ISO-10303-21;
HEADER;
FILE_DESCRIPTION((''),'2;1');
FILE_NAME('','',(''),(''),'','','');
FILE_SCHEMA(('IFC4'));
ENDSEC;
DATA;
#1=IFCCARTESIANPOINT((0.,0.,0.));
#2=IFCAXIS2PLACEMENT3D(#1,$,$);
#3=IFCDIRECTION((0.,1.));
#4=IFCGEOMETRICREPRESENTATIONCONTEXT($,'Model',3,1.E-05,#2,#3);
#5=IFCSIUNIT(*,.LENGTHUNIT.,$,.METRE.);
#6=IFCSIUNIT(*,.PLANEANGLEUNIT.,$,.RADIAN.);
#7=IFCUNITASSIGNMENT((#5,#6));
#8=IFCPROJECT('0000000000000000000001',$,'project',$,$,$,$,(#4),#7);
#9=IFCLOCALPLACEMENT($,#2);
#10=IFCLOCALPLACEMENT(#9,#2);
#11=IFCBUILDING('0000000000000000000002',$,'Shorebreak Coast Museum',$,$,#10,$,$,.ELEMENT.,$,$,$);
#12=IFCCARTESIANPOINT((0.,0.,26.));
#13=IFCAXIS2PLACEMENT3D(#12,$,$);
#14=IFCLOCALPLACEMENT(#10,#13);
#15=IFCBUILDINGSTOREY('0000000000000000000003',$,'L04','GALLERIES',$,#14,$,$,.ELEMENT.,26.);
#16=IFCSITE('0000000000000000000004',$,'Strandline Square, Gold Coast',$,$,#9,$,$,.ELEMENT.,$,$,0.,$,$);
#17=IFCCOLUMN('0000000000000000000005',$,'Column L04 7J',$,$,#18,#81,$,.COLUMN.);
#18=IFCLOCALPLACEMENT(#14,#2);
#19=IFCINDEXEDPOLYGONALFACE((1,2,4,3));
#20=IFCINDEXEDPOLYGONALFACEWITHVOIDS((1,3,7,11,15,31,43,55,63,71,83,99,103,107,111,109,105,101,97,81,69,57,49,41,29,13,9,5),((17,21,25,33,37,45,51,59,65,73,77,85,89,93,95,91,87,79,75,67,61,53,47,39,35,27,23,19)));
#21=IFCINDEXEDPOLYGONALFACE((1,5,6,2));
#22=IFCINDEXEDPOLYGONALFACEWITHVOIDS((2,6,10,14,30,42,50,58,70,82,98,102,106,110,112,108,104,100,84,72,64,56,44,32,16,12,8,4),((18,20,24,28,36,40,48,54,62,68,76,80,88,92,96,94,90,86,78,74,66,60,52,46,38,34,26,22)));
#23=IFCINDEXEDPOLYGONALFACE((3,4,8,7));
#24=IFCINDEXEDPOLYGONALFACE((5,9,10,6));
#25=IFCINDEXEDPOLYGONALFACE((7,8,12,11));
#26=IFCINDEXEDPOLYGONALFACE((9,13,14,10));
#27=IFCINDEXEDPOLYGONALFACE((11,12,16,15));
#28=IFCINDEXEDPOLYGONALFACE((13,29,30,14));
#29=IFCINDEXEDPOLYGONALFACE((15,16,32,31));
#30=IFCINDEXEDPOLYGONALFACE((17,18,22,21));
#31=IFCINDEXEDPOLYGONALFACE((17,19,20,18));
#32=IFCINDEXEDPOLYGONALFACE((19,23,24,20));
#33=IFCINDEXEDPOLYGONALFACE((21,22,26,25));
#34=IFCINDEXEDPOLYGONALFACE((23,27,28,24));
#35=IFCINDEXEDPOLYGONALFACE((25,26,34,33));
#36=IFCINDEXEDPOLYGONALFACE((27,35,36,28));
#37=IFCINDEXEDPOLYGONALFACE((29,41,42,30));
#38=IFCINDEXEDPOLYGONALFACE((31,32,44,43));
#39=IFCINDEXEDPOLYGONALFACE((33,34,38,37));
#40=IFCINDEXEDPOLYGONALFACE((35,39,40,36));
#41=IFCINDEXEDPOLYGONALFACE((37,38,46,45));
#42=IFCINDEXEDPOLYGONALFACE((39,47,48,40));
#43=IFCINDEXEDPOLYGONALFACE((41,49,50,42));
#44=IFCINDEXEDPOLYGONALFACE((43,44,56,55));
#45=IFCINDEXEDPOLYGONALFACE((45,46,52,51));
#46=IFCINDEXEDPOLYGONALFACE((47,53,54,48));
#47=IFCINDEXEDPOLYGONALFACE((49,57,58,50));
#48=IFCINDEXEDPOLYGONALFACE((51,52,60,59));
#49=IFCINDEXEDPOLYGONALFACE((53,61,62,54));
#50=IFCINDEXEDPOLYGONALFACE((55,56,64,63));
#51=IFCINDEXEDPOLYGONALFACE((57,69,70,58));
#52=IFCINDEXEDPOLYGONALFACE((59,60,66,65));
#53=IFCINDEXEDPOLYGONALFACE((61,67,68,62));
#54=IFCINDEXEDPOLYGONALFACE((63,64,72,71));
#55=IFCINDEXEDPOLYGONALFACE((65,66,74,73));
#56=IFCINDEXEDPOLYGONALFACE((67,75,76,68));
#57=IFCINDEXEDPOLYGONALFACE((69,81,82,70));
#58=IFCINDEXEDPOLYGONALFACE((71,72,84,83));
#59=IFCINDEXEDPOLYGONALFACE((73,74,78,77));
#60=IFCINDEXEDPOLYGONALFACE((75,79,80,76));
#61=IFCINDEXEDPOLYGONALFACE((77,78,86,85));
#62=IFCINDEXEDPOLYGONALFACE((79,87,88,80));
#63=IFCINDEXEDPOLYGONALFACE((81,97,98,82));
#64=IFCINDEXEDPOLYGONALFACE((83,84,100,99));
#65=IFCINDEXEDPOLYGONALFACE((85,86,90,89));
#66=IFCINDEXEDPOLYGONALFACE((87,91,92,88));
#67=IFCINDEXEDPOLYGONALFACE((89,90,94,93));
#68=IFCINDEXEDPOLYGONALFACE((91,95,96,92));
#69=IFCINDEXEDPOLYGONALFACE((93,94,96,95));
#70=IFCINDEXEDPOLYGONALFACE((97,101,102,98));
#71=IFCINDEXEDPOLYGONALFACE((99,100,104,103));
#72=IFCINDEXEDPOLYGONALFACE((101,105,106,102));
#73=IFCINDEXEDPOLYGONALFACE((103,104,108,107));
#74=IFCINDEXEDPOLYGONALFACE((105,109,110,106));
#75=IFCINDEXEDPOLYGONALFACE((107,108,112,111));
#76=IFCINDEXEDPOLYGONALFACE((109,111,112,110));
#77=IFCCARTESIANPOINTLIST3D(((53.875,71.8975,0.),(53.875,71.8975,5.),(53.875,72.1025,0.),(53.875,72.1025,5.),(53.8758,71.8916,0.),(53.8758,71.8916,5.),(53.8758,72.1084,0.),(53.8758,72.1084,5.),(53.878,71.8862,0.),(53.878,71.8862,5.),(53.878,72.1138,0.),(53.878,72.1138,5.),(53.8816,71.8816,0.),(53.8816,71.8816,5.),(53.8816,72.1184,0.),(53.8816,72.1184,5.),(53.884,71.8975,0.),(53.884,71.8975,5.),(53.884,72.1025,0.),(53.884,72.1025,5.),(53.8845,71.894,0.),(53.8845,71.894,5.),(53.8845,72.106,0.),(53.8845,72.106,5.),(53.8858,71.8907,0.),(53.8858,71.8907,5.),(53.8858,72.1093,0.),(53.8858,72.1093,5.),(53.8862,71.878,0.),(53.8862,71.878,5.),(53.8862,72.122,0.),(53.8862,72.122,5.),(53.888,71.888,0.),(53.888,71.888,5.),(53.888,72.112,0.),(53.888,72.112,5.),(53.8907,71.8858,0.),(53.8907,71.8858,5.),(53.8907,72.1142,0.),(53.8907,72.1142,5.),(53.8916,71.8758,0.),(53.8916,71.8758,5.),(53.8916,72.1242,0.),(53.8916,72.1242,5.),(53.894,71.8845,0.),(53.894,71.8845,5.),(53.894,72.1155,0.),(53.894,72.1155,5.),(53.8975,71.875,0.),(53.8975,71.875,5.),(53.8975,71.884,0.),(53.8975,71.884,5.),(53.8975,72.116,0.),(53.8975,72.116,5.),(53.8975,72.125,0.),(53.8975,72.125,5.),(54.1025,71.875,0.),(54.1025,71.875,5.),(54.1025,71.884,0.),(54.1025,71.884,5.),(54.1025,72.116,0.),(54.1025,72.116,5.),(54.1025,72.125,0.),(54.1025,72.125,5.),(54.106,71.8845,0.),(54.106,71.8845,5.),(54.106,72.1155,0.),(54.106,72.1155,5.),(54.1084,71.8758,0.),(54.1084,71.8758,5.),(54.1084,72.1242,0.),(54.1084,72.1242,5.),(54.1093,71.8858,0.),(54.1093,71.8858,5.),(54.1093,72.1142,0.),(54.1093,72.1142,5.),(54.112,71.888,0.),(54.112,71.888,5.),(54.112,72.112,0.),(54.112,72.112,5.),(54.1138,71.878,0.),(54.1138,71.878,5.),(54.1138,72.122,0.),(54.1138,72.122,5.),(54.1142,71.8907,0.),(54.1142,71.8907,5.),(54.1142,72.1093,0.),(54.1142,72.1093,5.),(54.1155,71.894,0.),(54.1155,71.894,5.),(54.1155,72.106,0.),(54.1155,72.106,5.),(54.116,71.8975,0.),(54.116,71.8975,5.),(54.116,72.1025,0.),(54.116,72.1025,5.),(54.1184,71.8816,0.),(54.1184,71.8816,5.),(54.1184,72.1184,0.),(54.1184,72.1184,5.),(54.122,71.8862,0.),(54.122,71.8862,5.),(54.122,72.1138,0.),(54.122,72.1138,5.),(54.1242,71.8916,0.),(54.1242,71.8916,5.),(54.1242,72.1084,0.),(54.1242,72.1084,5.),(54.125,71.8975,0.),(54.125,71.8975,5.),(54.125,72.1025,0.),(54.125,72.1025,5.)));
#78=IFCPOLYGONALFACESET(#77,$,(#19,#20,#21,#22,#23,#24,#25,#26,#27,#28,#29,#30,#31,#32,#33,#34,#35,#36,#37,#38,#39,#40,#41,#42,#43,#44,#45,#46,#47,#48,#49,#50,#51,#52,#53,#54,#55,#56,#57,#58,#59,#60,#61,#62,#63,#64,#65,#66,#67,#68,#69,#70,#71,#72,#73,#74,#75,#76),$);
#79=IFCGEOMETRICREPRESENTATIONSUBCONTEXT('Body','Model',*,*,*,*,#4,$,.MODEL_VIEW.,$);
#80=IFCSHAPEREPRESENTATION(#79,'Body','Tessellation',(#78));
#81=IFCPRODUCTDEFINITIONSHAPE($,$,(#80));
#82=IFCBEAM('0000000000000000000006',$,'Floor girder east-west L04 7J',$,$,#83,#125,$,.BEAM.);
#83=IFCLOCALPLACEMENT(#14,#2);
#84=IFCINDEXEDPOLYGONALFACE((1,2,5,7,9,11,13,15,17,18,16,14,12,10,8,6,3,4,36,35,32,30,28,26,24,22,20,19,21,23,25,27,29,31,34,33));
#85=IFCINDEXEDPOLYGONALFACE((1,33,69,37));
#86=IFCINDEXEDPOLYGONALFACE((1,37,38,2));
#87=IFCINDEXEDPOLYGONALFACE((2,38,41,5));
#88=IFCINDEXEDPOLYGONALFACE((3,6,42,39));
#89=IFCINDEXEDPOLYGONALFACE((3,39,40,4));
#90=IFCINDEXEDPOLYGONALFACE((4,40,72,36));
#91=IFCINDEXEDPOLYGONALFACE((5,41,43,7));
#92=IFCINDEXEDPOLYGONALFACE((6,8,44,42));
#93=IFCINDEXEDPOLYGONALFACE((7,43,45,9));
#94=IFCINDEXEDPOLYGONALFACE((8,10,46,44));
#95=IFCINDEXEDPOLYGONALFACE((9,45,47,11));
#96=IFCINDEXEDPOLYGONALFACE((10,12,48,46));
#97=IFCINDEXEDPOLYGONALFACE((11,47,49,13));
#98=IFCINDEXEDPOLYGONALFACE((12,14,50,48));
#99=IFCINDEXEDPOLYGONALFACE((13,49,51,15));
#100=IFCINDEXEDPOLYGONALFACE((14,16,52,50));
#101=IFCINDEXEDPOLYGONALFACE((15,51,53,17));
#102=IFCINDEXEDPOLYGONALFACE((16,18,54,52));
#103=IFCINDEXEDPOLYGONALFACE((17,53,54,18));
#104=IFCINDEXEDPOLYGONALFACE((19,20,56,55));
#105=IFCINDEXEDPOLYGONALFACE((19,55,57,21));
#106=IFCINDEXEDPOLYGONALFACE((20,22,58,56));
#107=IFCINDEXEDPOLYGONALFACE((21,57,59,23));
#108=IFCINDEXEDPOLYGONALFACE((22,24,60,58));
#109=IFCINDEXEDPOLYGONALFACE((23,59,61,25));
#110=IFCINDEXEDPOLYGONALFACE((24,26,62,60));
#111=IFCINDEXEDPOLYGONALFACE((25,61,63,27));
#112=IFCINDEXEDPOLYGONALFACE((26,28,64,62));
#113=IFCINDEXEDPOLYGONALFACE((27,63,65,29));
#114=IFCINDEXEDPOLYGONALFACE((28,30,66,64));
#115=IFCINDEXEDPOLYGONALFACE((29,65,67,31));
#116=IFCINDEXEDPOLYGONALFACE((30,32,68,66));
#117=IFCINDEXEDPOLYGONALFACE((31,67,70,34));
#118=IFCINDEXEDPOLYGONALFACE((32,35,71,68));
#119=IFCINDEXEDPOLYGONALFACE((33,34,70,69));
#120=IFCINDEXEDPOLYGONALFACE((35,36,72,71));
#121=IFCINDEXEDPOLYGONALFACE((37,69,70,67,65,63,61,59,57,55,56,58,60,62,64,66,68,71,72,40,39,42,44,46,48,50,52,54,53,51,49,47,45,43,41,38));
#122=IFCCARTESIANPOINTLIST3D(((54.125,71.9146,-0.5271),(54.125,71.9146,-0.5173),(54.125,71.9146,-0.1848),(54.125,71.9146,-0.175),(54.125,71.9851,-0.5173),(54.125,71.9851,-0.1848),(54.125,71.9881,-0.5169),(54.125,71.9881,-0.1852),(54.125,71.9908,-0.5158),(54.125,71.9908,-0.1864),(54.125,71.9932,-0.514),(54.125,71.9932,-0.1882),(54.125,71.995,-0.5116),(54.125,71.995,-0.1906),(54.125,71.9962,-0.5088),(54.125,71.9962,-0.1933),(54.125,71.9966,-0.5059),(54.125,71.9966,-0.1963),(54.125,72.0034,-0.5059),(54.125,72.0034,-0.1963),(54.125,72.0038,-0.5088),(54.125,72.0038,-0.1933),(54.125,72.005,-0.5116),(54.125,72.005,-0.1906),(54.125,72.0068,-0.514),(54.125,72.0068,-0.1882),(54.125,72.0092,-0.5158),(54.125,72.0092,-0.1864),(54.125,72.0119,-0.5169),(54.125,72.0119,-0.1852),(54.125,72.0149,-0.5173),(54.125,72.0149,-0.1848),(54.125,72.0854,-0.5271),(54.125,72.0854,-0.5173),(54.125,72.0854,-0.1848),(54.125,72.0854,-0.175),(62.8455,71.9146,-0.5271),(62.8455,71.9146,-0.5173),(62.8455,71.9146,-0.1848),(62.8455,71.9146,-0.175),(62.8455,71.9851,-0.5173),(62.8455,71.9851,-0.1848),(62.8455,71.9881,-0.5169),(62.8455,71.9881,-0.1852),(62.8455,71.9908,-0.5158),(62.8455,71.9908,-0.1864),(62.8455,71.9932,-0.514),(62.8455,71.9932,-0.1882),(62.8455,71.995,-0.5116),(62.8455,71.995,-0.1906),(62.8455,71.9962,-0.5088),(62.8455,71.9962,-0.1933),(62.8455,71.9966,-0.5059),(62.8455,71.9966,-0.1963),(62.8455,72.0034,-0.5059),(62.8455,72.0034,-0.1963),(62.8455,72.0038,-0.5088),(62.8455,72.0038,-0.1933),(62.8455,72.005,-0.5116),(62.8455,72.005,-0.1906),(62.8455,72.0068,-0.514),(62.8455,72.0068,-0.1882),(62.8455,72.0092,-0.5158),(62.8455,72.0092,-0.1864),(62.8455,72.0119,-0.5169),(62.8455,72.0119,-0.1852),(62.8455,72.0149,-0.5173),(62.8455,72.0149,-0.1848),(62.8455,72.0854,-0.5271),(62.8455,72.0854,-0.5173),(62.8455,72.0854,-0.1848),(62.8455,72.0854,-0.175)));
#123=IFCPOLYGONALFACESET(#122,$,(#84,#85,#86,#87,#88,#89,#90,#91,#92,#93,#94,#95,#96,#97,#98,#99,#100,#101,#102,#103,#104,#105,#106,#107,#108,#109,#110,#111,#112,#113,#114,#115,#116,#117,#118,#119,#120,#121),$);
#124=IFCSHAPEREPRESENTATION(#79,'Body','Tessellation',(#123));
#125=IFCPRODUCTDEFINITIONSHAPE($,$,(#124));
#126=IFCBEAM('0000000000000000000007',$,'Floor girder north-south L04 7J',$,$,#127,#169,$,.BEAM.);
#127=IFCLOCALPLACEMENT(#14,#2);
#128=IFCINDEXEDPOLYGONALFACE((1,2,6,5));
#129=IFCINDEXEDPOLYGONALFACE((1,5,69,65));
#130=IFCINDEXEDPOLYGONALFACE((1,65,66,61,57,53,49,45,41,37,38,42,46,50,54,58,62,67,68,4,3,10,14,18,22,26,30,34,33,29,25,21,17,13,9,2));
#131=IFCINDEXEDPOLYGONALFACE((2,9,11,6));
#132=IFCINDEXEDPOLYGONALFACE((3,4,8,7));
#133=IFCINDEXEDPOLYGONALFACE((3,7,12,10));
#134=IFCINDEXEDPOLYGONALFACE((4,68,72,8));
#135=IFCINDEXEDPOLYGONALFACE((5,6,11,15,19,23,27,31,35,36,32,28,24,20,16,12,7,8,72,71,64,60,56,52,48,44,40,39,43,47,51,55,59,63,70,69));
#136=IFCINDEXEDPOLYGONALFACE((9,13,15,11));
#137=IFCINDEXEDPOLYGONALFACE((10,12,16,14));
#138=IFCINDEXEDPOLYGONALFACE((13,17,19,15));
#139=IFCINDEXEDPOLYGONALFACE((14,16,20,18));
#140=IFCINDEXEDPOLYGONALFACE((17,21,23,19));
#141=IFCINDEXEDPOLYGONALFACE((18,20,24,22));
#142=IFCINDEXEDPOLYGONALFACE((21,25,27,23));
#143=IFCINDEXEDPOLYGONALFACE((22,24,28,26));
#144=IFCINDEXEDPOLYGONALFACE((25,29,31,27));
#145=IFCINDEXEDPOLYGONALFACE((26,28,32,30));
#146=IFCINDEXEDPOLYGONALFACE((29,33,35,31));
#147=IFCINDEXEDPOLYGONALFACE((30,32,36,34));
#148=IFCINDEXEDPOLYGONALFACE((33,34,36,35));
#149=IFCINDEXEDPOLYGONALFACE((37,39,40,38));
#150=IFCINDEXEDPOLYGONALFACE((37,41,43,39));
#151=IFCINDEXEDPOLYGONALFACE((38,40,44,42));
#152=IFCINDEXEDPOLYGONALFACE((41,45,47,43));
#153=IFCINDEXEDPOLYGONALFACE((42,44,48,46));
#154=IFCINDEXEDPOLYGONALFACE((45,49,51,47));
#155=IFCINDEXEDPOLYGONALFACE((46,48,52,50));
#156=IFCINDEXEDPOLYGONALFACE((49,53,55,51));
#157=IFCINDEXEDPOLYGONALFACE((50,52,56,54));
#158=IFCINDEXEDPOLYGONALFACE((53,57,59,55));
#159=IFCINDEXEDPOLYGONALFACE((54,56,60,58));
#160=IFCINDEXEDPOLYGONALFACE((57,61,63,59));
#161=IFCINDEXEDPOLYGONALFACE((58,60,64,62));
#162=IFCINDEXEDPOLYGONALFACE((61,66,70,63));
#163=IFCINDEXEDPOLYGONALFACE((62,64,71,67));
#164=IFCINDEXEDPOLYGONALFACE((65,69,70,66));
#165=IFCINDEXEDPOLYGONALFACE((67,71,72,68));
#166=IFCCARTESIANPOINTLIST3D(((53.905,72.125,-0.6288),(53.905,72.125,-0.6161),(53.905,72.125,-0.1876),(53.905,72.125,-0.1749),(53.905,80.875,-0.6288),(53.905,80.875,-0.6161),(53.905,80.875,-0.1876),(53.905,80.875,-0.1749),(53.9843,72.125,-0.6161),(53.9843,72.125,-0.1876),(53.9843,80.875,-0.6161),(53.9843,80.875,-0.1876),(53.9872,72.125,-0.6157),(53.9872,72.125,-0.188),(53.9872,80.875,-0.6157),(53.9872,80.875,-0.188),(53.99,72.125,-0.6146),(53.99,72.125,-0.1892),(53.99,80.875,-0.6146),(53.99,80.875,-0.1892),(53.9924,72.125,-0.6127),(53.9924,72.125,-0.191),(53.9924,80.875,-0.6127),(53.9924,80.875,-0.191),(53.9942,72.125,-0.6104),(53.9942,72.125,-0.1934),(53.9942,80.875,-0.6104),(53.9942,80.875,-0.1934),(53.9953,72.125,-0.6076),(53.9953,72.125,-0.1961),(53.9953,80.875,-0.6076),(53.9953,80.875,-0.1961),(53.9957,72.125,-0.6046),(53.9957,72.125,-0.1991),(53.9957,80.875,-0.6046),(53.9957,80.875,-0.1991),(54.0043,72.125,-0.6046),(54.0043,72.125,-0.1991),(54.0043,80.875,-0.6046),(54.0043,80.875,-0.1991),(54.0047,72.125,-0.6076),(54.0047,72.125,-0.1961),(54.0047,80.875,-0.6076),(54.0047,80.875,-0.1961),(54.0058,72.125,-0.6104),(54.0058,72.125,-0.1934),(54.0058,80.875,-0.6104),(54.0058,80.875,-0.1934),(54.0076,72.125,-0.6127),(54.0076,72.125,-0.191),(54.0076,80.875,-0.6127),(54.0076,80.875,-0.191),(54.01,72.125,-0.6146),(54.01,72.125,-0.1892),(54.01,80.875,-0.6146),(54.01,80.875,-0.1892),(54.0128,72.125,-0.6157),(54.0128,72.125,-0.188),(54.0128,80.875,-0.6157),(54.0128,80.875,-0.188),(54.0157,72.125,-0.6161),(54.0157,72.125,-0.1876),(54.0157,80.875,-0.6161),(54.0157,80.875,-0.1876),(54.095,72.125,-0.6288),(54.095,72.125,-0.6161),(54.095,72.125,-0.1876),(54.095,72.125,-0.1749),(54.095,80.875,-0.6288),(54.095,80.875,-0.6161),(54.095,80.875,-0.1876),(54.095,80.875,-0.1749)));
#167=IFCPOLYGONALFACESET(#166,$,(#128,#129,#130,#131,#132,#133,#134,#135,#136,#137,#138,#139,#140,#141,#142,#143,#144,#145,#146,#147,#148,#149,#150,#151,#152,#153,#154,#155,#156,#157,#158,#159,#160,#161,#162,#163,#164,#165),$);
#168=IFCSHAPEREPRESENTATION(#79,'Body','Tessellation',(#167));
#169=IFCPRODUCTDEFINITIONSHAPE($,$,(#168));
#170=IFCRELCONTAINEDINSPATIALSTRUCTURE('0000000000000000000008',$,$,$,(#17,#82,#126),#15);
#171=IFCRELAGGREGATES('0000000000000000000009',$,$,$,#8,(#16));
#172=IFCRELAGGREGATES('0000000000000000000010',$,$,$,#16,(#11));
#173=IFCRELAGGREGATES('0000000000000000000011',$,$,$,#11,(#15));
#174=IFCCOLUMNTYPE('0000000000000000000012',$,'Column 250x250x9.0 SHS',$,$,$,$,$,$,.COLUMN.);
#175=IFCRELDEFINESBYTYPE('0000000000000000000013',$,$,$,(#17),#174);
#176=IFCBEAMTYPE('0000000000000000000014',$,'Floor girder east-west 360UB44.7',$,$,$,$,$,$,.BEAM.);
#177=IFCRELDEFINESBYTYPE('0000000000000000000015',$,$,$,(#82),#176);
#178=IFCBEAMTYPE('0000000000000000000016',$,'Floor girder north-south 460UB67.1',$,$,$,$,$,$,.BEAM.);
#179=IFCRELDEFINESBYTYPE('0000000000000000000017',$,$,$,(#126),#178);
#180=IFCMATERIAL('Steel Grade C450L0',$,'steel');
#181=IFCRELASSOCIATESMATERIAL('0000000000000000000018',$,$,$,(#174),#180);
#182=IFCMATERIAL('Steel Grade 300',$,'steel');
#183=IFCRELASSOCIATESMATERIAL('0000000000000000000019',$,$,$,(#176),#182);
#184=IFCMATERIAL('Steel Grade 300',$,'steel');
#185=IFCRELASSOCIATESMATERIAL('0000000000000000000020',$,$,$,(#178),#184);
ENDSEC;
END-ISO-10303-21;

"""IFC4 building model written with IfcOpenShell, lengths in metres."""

from ifc_helpers import new_model, si_unit, direction, frame, origin, origin_2d, place, context, subcontext, project, spatial, hollow_rectangle, i_section, extrude, material, material_profile, profile_set, type_object, element, save


model = new_model("IFC4")

# Units and contexts
model_context = context("Model", 3, precision=1e-05, world=origin(), true_north=direction((0.0, 1.0)))
body_context = subcontext(model_context, "Body", "Model", "MODEL_VIEW")
ifc_project = project(units=[si_unit("LENGTHUNIT", "METRE"), si_unit("PLANEANGLEUNIT", "RADIAN")], contexts=[model_context])

# Site, building, storey
site_placement = place(None, origin())
site = spatial("IfcSite", under=ifc_project, at=site_placement, Name="Strandline Square, Gold Coast", CompositionType="ELEMENT", RefElevation=0.0)
building_placement = place(site_placement, origin())
building = spatial("IfcBuilding", under=site, at=building_placement, Name="Shorebreak Coast Museum", CompositionType="ELEMENT")
storey_placement = place(building_placement, frame((0.0, 0.0, 26.0)))
storey = spatial("IfcBuildingStorey", under=building, at=storey_placement, Name="L04", Description="GALLERIES", CompositionType="ELEMENT", Elevation=26.0)

# Column
ifc_material_1 = material(Name="Steel Grade C450L0", Category="steel")
ifc_material_profile_1 = material_profile(ifc_material_1, hollow_rectangle(XDim=0.25, YDim=0.25, WallThickness=0.009, InnerFilletRadius=0.0134, OuterFilletRadius=0.0225, at=origin_2d()), Name="250x250x9.0 SHS")
ifc_profile_set_1 = profile_set([ifc_material_profile_1], Name="Steel Grade C450L0")
column_type = type_object("IfcColumnType", Name="Column 250x250x9.0 SHS", PredefinedType="COLUMN", material=ifc_profile_set_1)
column_placement = place(storey_placement, frame((54.0, 72.0, 0.0), z_axis=(0.0, 0.0, 1.0), x_axis=(1.0, 0.0, 0.0)))
element("IfcColumn", 1, at=column_placement, inside=storey, type_object=column_type, Name="Column L04 7J", PredefinedType="COLUMN", context=body_context, shape_type="SweptSolid", body=[
    extrude(hollow_rectangle(XDim=0.25, YDim=0.25, WallThickness=0.009, InnerFilletRadius=0.0134, OuterFilletRadius=0.0225, at=origin_2d()), origin(), (0.0, 0.0, 1.0), 5.0),
])

# Beams
ifc_material_2 = material(Name="Steel Grade 300", Category="steel")
ifc_material_profile_2 = material_profile(ifc_material_2, i_section(OverallWidth=0.1709, OverallDepth=0.3521, WebThickness=0.0068, FlangeThickness=0.0098, FilletRadius=0.0115, at=origin_2d()), Name="360UB44.7")
ifc_profile_set_2 = profile_set([ifc_material_profile_2], Name="Steel Grade 300")
beam_type_1 = type_object("IfcBeamType", Name="Floor girder east-west 360UB44.7", PredefinedType="BEAM", material=ifc_profile_set_2)
beam_1_placement = place(storey_placement, frame((54.125, 72.0, -0.3511), z_axis=(1.0, 0.0, 0.0), x_axis=(0.0, 1.0, 0.0)))
element("IfcBeam", 2, at=beam_1_placement, inside=storey, type_object=beam_type_1, Name="Floor girder east-west L04 7J", PredefinedType="BEAM", context=body_context, shape_type="SweptSolid", body=[
    extrude(i_section(OverallWidth=0.1709, OverallDepth=0.3521, WebThickness=0.0068, FlangeThickness=0.0098, FilletRadius=0.0115, at=origin_2d()), origin(), (0.0, 0.0, 1.0), 8.7205),
])
ifc_material_3 = material(Name="Steel Grade 300", Category="steel")
ifc_material_profile_3 = material_profile(ifc_material_3, i_section(OverallWidth=0.1899, OverallDepth=0.4539, WebThickness=0.0085, FlangeThickness=0.0127, FilletRadius=0.0115, at=origin_2d()), Name="460UB67.1")
ifc_profile_set_3 = profile_set([ifc_material_profile_3], Name="Steel Grade 300")
beam_type_2 = type_object("IfcBeamType", Name="Floor girder north-south 460UB67.1", PredefinedType="BEAM", material=ifc_profile_set_3)
beam_2_placement = place(storey_placement, frame((54.0, 72.125, -0.4019), z_axis=(0.0, 1.0, 0.0), x_axis=(-1.0, 0.0, 0.0)))
element("IfcBeam", 3, at=beam_2_placement, inside=storey, type_object=beam_type_2, Name="Floor girder north-south L04 7J", PredefinedType="BEAM", context=body_context, shape_type="SweptSolid", body=[
    extrude(i_section(OverallWidth=0.1899, OverallDepth=0.4539, WebThickness=0.0085, FlangeThickness=0.0127, FilletRadius=0.0115, at=origin_2d()), origin(), (0.0, 0.0, 1.0), 8.75),
])

save(model, "model.ifc")
